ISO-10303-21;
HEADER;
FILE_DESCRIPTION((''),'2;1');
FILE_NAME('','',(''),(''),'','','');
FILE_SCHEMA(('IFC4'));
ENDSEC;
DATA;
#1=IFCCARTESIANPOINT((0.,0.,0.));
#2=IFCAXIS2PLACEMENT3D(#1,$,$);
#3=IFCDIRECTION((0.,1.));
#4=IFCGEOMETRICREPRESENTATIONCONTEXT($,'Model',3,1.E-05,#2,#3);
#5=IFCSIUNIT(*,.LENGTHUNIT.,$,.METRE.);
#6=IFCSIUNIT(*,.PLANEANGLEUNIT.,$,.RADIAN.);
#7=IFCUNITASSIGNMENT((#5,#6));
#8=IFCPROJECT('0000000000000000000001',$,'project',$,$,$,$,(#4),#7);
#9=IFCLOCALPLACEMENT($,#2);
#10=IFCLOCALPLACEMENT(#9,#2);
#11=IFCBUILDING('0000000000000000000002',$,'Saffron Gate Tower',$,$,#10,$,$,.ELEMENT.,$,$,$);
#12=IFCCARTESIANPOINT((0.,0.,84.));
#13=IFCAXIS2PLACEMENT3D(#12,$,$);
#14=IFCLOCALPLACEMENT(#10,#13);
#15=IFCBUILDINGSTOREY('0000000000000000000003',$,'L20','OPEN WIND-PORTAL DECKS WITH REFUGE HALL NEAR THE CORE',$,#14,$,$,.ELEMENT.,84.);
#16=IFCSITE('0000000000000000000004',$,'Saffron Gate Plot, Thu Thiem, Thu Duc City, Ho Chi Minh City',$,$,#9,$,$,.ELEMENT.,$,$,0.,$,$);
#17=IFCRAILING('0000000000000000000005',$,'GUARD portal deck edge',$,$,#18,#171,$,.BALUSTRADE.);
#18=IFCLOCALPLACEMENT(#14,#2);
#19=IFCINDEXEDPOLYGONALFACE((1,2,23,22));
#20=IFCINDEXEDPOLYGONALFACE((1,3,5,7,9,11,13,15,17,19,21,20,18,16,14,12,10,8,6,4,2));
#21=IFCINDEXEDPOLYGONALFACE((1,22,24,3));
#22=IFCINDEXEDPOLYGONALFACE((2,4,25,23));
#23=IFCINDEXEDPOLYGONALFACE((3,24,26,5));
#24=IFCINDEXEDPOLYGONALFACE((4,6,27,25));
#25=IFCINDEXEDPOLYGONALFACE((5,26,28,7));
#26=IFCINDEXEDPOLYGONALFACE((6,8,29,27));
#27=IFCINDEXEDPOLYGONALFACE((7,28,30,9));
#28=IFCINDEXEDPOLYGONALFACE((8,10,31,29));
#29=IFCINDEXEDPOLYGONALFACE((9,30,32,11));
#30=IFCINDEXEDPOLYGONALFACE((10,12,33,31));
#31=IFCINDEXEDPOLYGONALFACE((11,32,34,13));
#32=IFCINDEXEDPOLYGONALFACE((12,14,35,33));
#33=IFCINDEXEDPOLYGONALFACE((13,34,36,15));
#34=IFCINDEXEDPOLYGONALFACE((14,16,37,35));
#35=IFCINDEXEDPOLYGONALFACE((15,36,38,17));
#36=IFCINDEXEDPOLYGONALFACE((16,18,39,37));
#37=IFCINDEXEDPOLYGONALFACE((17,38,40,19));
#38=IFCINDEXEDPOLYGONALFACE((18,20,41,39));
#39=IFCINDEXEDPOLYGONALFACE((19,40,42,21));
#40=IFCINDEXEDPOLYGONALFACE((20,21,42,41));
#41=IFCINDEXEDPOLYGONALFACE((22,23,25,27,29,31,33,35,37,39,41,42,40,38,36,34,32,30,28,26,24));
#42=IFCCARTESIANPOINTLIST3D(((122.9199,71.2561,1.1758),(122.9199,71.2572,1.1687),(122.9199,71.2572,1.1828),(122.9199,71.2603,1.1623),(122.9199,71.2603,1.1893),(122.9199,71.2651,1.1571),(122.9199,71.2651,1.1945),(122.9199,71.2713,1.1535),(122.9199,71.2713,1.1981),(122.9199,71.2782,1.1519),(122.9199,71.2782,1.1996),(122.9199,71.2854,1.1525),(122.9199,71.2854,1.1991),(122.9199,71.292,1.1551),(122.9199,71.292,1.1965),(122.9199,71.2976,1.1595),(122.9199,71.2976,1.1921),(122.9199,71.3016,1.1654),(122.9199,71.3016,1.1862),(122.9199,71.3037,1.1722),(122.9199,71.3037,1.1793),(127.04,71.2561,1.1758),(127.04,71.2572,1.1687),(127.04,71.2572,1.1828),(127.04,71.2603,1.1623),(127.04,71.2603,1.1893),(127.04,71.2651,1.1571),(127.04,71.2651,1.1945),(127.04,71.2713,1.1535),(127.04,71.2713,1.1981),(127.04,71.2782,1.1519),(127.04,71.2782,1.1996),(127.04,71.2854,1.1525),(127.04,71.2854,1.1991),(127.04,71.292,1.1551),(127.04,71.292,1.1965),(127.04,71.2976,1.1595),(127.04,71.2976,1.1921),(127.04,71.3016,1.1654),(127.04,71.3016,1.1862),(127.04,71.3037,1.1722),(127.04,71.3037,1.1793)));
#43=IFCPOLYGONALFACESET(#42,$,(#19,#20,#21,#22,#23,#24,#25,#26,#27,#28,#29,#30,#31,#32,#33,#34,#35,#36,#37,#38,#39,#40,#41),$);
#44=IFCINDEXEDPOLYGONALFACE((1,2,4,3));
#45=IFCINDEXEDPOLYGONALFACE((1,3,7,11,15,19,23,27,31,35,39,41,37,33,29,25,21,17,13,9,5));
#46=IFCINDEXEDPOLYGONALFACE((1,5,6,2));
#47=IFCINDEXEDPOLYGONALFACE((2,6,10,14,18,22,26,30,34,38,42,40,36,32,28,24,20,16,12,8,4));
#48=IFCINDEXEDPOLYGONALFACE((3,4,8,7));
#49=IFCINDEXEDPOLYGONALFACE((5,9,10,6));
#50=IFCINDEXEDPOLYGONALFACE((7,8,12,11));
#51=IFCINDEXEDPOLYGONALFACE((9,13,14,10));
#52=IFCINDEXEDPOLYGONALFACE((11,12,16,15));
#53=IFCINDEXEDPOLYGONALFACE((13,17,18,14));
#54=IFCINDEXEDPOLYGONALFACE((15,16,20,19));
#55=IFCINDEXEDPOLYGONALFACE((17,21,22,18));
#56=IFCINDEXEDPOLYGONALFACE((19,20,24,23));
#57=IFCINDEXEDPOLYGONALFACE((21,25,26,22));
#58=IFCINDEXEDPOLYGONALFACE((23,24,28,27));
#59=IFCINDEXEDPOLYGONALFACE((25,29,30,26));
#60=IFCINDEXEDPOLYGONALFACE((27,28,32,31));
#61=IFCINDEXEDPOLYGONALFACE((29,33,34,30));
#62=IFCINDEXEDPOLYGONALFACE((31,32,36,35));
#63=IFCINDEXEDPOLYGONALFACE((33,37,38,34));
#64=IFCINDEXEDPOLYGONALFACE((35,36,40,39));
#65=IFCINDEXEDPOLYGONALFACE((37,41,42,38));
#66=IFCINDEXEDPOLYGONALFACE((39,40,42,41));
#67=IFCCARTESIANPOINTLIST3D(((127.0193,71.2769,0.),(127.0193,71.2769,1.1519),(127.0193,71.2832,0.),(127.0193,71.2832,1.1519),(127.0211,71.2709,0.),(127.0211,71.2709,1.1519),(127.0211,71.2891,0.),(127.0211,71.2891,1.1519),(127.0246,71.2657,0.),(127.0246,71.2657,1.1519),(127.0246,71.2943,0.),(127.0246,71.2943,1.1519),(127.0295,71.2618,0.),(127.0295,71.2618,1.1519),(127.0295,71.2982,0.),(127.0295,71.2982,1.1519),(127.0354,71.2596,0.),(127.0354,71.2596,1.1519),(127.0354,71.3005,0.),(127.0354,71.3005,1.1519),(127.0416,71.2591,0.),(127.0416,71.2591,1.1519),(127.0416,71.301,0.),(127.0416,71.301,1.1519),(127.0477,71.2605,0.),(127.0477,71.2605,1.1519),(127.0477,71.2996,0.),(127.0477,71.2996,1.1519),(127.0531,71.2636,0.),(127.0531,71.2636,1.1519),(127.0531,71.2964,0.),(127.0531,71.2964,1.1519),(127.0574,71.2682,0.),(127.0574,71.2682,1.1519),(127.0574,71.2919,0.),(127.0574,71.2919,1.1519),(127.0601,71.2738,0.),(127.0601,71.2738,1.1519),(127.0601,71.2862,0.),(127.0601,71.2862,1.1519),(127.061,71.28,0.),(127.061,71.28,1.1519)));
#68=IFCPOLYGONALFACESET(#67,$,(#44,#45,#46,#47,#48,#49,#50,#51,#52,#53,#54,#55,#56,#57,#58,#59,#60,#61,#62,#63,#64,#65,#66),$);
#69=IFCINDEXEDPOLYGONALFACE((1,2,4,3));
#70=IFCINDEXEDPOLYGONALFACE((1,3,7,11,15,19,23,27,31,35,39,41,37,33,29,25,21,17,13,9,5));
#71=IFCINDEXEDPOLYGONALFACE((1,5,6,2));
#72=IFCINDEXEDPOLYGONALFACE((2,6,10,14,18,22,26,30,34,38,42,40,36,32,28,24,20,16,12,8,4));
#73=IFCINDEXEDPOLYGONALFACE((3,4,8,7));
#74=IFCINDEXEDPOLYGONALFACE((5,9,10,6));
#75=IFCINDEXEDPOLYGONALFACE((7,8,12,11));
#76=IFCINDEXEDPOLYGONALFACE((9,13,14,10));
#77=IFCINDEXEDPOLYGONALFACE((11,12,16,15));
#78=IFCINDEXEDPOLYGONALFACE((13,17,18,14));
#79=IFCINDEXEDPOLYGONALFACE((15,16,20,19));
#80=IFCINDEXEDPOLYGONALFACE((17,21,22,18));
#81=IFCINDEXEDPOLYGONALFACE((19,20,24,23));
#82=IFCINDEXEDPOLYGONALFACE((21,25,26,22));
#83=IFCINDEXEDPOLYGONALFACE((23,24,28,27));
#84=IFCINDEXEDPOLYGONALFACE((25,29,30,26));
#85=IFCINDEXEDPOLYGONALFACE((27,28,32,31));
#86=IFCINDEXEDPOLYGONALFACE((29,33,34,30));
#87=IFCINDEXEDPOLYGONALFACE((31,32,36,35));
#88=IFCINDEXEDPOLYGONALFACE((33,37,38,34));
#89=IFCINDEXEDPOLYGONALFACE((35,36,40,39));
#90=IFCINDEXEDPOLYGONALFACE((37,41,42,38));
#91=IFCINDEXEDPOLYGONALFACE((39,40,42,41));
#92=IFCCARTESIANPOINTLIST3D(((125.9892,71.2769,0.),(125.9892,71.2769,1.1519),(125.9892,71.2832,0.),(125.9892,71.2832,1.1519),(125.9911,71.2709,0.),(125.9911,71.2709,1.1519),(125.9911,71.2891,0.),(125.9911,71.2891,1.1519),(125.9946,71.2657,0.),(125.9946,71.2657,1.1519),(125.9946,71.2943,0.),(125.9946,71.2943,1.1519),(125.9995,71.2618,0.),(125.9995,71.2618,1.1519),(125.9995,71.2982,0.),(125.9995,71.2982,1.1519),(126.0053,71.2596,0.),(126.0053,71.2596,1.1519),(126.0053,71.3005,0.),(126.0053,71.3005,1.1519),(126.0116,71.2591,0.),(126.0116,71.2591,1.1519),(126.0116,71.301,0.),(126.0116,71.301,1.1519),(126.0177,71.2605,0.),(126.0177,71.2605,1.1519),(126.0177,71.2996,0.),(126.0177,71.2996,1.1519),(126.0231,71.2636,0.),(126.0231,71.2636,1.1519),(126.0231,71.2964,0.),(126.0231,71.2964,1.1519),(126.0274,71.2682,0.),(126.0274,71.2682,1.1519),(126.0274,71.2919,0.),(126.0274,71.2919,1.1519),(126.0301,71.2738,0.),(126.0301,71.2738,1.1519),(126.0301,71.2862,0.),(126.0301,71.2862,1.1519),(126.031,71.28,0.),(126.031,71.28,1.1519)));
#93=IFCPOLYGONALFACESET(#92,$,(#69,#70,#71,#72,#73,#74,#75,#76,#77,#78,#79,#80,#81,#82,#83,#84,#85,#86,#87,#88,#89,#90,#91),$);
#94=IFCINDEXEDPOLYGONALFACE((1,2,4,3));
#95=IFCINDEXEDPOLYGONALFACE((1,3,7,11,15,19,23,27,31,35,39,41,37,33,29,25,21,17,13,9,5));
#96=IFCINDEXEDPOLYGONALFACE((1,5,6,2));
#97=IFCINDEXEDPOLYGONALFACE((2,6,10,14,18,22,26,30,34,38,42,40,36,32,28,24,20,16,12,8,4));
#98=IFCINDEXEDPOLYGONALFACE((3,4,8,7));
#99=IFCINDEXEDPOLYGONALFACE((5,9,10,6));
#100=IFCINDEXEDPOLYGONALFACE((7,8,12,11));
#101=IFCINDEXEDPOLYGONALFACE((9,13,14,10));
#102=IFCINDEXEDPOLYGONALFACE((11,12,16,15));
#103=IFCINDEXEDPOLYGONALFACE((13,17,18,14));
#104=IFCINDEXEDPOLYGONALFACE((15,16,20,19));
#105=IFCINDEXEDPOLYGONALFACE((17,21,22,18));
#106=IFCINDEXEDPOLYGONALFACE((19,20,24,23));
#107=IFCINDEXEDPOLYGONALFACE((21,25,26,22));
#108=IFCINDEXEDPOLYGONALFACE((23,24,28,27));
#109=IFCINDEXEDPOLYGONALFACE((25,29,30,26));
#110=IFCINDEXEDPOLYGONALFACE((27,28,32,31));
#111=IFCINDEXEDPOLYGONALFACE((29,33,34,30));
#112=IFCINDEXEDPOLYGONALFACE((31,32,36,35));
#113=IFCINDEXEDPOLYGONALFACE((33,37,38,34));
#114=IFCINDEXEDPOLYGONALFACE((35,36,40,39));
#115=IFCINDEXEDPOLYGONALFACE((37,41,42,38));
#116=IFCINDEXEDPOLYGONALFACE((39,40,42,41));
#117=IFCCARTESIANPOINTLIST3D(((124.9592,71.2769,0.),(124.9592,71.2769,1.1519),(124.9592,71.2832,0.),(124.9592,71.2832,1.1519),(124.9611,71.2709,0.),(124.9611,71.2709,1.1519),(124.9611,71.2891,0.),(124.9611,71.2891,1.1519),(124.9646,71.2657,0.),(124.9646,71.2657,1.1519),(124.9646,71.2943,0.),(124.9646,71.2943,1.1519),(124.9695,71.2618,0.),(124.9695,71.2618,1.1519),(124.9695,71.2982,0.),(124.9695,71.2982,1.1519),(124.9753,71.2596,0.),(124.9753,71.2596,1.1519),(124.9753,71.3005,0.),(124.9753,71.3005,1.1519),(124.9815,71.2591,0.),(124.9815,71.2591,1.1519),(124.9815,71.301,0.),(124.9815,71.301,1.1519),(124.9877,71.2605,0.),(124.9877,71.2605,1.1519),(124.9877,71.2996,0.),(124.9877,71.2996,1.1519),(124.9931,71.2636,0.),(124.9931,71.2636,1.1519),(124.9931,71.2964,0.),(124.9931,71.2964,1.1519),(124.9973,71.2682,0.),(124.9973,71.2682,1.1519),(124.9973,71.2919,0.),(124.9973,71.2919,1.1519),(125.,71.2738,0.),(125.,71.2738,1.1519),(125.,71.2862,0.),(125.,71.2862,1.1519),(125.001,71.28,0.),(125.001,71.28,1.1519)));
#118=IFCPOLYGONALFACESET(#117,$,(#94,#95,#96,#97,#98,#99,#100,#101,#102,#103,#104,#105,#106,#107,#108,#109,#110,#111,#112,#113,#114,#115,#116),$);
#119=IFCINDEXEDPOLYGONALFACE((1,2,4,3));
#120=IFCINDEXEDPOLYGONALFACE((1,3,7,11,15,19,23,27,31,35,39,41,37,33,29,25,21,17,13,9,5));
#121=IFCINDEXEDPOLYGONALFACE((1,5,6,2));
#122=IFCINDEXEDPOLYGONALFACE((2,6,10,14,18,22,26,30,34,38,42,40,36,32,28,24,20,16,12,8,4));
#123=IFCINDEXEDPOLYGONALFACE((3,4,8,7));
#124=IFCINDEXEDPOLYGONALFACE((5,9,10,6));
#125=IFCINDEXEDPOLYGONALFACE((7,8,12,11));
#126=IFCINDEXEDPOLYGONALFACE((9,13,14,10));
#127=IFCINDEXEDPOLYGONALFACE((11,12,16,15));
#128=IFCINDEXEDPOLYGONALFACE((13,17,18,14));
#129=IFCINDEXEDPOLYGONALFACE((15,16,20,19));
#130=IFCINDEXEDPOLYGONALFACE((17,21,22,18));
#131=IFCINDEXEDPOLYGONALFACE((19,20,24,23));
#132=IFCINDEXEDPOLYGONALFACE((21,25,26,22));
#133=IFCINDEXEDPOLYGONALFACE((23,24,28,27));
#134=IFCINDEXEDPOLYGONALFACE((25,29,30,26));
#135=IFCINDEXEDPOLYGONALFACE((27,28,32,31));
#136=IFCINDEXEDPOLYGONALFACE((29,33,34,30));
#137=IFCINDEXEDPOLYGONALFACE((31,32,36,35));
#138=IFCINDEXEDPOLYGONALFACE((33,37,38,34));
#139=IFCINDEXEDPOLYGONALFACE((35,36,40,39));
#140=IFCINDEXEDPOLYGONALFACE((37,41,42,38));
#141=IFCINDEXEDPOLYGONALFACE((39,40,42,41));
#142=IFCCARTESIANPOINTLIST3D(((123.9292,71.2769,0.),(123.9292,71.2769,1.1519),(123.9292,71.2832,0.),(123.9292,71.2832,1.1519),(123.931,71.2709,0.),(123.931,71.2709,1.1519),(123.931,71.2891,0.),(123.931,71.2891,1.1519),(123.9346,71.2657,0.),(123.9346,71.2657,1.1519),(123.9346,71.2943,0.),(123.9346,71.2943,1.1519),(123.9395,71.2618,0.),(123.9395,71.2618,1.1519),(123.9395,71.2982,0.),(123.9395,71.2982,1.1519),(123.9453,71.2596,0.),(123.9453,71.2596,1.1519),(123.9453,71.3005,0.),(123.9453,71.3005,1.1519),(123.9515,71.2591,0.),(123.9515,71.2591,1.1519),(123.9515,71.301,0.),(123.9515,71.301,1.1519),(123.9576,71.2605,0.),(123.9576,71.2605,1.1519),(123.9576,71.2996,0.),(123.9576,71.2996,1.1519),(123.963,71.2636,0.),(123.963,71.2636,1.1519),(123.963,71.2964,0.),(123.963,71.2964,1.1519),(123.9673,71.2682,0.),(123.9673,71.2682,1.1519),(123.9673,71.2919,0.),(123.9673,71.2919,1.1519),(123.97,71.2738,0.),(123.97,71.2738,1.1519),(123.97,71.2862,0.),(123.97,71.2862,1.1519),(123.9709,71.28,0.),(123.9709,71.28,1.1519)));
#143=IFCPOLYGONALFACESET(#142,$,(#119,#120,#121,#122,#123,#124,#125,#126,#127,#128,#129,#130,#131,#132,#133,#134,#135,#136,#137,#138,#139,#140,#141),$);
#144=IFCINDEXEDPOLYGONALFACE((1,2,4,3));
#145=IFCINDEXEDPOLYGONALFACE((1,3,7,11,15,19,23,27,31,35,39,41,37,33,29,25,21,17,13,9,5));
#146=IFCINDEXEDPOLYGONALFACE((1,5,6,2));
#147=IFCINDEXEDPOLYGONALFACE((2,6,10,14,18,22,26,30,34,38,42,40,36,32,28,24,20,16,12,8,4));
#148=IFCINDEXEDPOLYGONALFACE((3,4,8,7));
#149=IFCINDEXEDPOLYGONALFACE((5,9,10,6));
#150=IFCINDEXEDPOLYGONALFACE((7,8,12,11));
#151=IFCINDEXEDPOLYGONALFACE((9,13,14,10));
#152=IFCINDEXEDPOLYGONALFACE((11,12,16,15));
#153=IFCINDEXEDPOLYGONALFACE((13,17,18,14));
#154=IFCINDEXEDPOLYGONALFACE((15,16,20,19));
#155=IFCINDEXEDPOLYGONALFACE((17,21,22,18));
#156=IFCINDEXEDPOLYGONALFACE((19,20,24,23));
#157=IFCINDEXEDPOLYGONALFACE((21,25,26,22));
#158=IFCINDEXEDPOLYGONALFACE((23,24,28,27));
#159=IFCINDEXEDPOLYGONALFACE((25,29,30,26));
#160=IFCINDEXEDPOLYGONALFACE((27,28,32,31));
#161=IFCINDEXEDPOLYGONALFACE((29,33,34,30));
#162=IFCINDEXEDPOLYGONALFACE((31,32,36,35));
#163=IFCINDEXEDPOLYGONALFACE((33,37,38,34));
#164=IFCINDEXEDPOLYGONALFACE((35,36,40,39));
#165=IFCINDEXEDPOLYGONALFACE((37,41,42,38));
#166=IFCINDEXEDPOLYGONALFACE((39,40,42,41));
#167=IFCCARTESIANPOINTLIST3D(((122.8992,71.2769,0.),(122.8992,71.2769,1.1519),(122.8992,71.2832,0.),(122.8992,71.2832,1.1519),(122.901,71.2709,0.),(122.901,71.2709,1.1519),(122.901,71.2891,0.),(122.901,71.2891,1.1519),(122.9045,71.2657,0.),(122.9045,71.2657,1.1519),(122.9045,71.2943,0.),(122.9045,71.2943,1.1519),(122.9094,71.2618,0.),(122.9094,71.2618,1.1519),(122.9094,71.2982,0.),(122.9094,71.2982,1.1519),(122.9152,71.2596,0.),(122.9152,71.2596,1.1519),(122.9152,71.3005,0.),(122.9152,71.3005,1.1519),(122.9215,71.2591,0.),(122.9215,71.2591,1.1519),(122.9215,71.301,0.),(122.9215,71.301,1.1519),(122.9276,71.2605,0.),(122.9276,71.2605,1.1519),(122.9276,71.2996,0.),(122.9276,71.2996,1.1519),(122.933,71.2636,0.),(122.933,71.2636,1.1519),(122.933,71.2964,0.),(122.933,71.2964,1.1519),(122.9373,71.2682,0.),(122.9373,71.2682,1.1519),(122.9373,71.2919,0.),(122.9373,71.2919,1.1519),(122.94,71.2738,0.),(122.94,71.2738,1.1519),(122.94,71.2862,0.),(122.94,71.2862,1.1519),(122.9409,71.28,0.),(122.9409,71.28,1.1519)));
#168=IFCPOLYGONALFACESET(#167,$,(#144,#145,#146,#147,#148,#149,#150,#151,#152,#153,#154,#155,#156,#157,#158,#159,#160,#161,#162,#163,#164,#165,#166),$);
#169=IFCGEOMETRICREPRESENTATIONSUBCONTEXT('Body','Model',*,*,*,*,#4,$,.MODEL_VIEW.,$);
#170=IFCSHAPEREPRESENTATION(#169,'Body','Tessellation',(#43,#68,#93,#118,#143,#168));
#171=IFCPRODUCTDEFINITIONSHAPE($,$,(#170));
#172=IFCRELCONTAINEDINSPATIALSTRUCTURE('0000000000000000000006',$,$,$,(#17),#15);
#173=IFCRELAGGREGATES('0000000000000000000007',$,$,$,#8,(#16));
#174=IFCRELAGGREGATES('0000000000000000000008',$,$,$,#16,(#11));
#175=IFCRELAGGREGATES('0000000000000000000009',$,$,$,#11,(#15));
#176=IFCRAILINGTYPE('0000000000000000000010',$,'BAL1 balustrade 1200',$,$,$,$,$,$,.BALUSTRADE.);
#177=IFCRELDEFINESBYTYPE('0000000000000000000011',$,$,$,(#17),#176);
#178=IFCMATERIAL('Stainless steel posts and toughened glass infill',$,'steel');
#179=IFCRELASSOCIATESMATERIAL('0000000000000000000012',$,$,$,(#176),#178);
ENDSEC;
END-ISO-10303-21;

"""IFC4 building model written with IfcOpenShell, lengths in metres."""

from ifc_helpers import new_model, si_unit, direction, frame, origin, origin_2d, place, context, subcontext, project, spatial, circle, extrude, material, type_object, element, save


model = new_model("IFC4")

# Units and contexts
model_context = context("Model", 3, precision=1e-05, world=origin(), true_north=direction((0.0, 1.0)))
body_context = subcontext(model_context, "Body", "Model", "MODEL_VIEW")
ifc_project = project(units=[si_unit("LENGTHUNIT", "METRE"), si_unit("PLANEANGLEUNIT", "RADIAN")], contexts=[model_context])

# Site, building, storey
site_placement = place(None, origin())
site = spatial("IfcSite", under=ifc_project, at=site_placement, Name="Saffron Gate Plot, Thu Thiem, Thu Duc City, Ho Chi Minh City", CompositionType="ELEMENT", RefElevation=0.0)
building_placement = place(site_placement, origin())
building = spatial("IfcBuilding", under=site, at=building_placement, Name="Saffron Gate Tower", CompositionType="ELEMENT")
storey_placement = place(building_placement, frame((0.0, 0.0, 84.0)))
storey = spatial("IfcBuildingStorey", under=building, at=storey_placement, Name="L20", Description="OPEN WIND-PORTAL DECKS WITH REFUGE HALL NEAR THE CORE", CompositionType="ELEMENT", Elevation=84.0)

# Railing
ifc_material_1 = material(Name="Stainless steel posts and toughened glass infill", Category="steel")
railing_type = type_object("IfcRailingType", Name="BAL1 balustrade 1200", PredefinedType="BALUSTRADE", material=ifc_material_1)
railing_1_placement = place(storey_placement, frame((127.04, 71.28, 0.0)))
element("IfcRailing", 1, at=railing_1_placement, inside=storey, type_object=railing_type, Name="GUARD portal deck edge", PredefinedType="BALUSTRADE", context=body_context, shape_type="SweptSolid", body=[
    extrude(circle(Radius=0.0239, at=origin_2d()), frame((0.0, 0.0, 1.1758), z_axis=(-1.0, 0.0, 0.0), x_axis=(0.0, -1.0, 0.0)), (0.0, 0.0, 1.0), 4.1201),
    extrude(circle(Radius=0.021, at=origin_2d()), origin(), (0.0, 0.0, 1.0), 1.1519),
    extrude(circle(Radius=0.021, at=origin_2d()), frame((-1.03, 0.0, 0.0)), (0.0, 0.0, 1.0), 1.1519),
    extrude(circle(Radius=0.021, at=origin_2d()), frame((-2.0601, 0.0, 0.0)), (0.0, 0.0, 1.0), 1.1519),
    extrude(circle(Radius=0.021, at=origin_2d()), frame((-3.0901, 0.0, 0.0)), (0.0, 0.0, 1.0), 1.1519),
    extrude(circle(Radius=0.021, at=origin_2d()), frame((-4.1201, 0.0, 0.0)), (0.0, 0.0, 1.0), 1.1519),
])

save(model, "model.ifc")
